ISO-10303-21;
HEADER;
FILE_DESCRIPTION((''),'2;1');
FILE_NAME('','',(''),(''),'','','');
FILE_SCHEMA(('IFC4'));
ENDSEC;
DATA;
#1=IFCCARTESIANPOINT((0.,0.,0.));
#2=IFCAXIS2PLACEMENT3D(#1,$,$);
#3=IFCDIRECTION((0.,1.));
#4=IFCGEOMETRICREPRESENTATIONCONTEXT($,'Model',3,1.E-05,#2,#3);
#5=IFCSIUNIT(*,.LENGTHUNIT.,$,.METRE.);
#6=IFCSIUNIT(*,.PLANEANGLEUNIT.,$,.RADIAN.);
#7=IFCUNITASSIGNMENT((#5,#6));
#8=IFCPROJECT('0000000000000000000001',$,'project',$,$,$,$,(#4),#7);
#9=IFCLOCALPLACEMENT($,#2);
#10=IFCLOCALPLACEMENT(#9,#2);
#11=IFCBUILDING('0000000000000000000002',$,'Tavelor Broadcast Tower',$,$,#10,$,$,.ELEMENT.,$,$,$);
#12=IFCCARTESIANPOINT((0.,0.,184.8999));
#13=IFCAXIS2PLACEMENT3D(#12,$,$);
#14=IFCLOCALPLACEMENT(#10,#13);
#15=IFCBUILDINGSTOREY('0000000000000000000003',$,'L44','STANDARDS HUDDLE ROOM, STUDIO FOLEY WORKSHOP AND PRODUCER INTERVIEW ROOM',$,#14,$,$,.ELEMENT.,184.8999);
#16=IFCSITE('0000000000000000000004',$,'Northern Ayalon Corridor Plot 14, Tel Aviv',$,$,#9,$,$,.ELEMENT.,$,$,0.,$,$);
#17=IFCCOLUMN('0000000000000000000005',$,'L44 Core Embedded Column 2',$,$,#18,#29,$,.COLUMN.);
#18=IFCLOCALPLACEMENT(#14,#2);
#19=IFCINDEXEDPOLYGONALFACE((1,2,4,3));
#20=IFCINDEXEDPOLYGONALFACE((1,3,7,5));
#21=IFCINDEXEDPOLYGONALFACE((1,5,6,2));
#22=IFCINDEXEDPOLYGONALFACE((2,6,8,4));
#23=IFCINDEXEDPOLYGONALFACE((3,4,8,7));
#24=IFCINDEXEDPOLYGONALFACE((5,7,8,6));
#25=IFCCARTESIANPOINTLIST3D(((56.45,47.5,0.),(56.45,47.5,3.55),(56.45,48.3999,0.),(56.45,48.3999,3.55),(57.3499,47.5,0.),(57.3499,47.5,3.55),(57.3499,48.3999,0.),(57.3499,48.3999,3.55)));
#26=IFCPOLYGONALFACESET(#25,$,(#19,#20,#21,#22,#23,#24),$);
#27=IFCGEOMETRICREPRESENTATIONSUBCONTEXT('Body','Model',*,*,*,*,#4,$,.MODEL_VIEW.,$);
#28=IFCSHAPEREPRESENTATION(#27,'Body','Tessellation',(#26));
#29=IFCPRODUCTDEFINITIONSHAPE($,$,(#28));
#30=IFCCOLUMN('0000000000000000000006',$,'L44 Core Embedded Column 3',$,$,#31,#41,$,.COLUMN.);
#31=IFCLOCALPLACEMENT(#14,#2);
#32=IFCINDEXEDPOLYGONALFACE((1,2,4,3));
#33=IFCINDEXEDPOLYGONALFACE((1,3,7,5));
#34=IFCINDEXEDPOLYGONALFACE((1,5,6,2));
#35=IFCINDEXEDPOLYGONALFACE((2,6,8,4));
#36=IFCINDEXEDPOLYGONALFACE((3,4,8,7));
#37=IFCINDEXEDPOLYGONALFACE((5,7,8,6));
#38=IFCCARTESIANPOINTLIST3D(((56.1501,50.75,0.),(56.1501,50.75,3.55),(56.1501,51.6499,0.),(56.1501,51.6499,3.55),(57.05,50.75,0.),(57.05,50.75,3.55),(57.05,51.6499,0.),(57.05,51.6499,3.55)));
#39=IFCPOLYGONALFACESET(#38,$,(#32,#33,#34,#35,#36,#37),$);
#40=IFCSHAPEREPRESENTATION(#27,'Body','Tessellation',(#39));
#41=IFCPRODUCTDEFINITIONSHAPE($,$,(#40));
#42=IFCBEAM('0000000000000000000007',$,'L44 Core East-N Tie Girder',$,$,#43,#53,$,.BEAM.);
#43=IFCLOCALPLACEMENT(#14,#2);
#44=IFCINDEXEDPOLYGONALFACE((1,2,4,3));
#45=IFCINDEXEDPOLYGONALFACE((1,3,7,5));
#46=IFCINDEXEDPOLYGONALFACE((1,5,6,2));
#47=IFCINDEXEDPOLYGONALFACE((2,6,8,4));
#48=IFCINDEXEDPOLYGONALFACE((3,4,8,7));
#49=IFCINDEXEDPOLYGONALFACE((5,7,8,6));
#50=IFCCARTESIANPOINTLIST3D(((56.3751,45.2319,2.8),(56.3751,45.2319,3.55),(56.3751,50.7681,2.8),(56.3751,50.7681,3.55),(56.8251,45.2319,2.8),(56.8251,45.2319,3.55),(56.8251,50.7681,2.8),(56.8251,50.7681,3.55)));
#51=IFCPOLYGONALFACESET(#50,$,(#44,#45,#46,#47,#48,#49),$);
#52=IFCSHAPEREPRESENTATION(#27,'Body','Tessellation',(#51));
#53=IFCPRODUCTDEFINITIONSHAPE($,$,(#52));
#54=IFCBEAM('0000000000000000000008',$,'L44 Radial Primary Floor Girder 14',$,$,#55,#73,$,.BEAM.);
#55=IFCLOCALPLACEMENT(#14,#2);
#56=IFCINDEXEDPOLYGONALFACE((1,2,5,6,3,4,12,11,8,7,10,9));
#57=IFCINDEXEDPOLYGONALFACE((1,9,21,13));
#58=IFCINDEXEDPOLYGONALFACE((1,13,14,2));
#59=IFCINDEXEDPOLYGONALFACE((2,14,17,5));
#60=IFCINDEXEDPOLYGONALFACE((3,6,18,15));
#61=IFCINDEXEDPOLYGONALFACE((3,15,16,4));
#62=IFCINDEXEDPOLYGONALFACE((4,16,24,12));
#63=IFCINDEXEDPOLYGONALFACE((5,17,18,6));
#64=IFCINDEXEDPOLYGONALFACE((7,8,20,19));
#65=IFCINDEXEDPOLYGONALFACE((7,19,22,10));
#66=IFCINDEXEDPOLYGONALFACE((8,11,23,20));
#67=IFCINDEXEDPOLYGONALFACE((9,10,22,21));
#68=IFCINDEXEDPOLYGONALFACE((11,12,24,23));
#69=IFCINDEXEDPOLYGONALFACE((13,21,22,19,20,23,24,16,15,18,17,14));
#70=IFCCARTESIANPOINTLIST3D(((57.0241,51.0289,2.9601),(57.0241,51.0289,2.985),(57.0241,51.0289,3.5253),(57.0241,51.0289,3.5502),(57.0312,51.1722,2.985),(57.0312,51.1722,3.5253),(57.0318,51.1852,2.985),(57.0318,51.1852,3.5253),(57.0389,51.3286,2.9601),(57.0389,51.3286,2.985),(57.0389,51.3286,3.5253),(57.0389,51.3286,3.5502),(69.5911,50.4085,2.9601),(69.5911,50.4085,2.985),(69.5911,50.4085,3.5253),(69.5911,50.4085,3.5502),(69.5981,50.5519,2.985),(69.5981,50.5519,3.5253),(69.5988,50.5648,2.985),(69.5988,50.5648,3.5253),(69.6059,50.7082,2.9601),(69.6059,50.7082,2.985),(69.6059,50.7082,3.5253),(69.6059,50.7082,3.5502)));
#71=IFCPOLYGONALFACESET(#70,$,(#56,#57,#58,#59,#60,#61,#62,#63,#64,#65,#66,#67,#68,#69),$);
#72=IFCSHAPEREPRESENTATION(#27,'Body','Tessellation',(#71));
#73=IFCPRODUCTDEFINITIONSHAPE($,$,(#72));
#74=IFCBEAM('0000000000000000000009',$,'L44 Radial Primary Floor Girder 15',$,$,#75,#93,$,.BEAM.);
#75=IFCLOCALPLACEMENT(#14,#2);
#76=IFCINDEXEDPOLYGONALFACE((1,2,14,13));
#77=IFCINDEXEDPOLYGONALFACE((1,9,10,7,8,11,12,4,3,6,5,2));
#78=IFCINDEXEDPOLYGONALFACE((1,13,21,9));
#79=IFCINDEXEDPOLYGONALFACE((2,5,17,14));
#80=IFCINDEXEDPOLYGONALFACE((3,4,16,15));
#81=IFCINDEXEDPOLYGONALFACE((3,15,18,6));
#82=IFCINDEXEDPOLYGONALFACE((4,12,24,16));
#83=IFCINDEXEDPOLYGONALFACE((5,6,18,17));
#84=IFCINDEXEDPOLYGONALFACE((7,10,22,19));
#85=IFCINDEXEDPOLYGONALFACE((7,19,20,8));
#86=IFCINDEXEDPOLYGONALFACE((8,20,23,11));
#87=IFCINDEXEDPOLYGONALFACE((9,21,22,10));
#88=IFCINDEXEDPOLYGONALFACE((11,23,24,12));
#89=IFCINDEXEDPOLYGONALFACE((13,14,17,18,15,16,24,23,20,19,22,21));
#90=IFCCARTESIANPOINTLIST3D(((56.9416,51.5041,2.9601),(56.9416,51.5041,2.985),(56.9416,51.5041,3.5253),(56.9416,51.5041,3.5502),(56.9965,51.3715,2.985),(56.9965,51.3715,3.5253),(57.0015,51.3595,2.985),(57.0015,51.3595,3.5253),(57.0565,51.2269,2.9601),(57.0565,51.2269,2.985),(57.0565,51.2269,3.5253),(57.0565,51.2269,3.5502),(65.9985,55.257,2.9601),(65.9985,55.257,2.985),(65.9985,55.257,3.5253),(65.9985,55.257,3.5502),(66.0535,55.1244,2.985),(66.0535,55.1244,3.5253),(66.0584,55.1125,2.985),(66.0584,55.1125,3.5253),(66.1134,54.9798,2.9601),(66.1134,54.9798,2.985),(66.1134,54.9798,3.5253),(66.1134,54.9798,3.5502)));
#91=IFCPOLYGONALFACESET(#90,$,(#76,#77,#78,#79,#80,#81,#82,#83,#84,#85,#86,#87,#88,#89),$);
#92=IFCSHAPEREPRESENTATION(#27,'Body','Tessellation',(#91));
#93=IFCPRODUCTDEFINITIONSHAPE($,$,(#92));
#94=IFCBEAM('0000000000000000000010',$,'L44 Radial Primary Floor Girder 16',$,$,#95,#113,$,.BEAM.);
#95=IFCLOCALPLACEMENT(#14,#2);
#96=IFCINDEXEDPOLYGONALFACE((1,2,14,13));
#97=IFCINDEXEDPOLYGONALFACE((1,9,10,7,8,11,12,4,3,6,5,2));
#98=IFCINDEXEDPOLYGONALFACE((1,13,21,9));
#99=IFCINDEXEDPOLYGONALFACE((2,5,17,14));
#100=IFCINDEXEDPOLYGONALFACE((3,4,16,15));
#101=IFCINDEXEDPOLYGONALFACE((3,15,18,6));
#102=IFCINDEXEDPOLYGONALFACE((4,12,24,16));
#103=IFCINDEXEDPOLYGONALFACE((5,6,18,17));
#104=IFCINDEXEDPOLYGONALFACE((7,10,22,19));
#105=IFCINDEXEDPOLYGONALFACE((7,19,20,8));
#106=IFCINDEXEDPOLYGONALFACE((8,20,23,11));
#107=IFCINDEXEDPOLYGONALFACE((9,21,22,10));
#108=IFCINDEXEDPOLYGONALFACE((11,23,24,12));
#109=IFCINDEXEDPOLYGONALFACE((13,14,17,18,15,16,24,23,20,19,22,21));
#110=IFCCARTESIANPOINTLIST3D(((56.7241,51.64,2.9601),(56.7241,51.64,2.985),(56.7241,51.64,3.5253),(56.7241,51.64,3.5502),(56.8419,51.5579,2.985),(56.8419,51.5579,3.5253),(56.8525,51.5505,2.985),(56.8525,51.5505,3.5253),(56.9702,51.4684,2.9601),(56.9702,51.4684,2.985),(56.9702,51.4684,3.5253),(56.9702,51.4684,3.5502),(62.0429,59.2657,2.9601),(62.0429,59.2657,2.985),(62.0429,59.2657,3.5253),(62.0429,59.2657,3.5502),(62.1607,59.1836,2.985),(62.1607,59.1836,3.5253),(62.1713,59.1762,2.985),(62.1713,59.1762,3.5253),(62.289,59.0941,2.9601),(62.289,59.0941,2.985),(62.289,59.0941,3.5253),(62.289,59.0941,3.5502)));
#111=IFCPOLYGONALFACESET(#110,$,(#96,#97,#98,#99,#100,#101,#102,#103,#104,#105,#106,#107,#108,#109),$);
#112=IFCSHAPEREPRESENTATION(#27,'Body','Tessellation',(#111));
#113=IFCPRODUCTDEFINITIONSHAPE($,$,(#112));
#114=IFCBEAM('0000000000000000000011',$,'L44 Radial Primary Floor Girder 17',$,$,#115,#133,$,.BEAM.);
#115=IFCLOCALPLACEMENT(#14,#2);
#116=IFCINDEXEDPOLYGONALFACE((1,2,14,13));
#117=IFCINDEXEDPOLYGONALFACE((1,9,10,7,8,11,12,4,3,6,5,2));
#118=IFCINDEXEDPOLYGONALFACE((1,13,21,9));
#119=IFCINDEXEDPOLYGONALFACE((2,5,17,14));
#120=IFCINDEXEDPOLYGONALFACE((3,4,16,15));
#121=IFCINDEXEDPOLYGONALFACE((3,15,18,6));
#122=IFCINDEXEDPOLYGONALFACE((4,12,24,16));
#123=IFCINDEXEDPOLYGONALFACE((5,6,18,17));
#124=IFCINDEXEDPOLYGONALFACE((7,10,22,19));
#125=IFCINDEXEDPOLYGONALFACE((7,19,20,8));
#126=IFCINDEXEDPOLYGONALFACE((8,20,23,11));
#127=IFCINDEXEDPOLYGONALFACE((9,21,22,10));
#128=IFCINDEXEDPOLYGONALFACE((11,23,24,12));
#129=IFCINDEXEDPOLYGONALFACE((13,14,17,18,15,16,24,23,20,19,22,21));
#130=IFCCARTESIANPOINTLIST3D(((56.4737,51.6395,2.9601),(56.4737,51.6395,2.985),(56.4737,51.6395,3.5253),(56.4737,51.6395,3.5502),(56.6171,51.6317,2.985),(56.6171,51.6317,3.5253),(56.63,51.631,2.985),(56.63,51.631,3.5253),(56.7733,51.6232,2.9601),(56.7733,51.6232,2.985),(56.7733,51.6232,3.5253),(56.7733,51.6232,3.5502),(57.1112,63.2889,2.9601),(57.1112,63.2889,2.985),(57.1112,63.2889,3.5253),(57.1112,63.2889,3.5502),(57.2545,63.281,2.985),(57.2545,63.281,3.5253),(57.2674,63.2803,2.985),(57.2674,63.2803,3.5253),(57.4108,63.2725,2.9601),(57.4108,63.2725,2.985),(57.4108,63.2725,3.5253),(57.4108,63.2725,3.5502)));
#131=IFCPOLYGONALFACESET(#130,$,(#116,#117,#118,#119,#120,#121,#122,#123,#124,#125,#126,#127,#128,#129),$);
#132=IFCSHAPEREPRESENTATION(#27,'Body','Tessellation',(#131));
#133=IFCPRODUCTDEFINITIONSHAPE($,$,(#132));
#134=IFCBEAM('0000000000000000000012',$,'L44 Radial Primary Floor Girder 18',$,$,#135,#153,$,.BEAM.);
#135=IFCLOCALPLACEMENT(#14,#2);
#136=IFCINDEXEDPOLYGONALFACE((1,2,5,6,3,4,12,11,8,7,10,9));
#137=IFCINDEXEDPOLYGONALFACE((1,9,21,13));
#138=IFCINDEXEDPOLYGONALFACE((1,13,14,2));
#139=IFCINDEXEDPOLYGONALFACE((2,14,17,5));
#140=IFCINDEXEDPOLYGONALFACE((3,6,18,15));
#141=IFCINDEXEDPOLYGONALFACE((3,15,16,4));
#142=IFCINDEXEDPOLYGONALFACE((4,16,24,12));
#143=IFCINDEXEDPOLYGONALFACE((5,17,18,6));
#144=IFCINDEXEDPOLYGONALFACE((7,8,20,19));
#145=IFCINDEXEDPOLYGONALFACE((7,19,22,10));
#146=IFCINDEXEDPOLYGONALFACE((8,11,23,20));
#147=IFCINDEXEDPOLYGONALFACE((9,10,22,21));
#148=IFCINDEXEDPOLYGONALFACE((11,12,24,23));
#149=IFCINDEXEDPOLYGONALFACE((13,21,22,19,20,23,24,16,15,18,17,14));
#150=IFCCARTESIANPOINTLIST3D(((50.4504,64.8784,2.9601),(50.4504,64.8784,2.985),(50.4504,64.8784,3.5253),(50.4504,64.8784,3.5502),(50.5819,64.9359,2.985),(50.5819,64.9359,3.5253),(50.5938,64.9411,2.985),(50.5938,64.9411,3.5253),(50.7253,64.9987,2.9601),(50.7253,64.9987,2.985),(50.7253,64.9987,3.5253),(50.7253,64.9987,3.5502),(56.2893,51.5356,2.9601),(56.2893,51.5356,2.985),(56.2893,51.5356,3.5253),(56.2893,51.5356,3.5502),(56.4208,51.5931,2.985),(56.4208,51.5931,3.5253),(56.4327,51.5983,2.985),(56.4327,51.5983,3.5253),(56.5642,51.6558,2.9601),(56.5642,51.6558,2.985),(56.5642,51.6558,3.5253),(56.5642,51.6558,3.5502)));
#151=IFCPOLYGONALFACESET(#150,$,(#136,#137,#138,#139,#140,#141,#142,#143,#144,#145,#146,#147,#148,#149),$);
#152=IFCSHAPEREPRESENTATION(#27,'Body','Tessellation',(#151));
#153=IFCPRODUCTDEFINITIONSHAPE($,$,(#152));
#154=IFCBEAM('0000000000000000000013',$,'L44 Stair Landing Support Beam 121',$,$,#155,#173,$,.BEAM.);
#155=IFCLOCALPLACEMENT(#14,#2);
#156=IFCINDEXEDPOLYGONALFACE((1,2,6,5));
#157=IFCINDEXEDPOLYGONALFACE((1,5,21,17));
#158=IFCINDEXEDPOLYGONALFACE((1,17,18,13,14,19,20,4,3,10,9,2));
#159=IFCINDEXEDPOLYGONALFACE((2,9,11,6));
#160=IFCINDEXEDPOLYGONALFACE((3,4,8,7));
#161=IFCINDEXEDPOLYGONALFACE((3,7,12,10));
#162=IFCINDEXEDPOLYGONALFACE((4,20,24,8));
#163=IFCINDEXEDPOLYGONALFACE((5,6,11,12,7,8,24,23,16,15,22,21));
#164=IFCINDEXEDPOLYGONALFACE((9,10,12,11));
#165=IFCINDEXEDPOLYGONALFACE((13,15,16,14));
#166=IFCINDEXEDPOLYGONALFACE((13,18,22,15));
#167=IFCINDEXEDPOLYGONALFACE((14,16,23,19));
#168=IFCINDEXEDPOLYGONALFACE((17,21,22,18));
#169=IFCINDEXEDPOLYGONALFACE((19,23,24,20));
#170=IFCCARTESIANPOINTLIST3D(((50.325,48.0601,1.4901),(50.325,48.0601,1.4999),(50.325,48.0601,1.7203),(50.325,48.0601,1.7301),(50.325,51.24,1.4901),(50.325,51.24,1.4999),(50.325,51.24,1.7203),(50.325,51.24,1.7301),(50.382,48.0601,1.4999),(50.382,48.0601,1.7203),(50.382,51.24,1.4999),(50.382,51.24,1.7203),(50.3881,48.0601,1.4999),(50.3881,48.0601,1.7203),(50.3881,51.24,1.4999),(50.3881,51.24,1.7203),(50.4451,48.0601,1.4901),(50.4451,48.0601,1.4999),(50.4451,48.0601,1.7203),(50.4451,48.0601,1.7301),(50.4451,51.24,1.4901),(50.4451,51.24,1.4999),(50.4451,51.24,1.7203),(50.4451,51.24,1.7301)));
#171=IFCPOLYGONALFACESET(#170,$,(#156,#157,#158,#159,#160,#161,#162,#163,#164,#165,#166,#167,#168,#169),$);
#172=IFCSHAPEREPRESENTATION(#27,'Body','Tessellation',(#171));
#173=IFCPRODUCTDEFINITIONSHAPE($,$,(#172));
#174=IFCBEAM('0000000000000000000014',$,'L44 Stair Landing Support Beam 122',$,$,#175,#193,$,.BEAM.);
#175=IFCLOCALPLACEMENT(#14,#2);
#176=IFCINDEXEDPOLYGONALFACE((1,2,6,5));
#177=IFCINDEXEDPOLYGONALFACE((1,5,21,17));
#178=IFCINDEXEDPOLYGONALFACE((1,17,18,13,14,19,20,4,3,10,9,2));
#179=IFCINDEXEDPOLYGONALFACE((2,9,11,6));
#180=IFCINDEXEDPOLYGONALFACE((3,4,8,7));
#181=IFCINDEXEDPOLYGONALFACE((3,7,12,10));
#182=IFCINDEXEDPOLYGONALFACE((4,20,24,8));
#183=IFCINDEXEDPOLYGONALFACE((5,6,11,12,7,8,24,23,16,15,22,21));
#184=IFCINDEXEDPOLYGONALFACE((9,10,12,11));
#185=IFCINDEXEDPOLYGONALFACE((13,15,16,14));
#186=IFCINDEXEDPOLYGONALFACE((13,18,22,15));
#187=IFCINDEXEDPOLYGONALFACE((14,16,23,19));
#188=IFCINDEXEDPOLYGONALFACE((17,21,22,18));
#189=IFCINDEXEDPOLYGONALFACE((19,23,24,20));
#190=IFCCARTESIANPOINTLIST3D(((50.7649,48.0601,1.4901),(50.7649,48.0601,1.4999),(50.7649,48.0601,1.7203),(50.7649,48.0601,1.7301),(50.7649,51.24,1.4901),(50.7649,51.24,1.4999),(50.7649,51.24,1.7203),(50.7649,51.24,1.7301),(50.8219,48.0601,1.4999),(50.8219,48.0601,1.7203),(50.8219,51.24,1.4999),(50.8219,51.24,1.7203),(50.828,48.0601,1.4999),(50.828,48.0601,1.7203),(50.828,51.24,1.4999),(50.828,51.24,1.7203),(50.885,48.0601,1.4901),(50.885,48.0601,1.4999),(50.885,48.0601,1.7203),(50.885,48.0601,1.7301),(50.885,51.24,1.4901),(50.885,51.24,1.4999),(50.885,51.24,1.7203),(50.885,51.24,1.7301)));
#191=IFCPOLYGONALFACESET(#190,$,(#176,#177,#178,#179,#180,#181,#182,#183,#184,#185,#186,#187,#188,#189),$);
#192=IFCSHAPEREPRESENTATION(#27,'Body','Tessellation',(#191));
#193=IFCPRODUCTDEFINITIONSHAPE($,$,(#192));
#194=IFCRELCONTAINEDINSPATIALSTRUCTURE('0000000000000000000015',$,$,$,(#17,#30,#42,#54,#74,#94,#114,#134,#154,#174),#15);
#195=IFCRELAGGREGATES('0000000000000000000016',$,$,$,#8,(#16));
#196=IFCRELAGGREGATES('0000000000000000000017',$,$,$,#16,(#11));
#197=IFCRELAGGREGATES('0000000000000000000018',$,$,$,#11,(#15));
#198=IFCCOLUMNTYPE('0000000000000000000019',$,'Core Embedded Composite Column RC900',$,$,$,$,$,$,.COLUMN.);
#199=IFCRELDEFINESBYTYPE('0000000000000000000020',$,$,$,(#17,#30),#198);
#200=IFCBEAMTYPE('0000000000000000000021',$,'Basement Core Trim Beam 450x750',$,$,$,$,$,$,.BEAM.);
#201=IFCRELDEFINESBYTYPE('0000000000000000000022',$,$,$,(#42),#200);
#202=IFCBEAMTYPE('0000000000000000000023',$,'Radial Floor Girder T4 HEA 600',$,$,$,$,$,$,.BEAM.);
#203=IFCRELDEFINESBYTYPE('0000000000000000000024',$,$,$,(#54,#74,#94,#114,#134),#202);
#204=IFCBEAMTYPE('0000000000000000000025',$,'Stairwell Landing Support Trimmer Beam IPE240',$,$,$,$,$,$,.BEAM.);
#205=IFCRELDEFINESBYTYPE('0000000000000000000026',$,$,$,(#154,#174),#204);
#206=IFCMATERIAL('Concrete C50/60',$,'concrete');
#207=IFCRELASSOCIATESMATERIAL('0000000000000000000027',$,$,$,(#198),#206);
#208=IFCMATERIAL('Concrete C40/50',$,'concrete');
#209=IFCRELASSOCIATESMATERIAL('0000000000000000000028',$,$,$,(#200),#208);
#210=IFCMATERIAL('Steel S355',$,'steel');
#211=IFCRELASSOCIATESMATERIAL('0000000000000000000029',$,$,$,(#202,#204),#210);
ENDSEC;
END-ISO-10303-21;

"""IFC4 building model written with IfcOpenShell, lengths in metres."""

from ifc_helpers import new_model, si_unit, direction, frame, origin, origin_2d, place, context, subcontext, project, spatial, rectangle, i_section, extrude, material, material_profile, profile_set, type_object, element, save


model = new_model("IFC4")

# Units and contexts
model_context = context("Model", 3, precision=1e-05, world=origin(), true_north=direction((0.0, 1.0)))
body_context = subcontext(model_context, "Body", "Model", "MODEL_VIEW")
ifc_project = project(units=[si_unit("LENGTHUNIT", "METRE"), si_unit("PLANEANGLEUNIT", "RADIAN")], contexts=[model_context])

# Site, building, storey
site_placement = place(None, origin())
site = spatial("IfcSite", under=ifc_project, at=site_placement, Name="Northern Ayalon Corridor Plot 14, Tel Aviv", CompositionType="ELEMENT", RefElevation=0.0)
building_placement = place(site_placement, origin())
building = spatial("IfcBuilding", under=site, at=building_placement, Name="Tavelor Broadcast Tower", CompositionType="ELEMENT")
storey_placement = place(building_placement, frame((0.0, 0.0, 184.8999)))
storey = spatial("IfcBuildingStorey", under=building, at=storey_placement, Name="L44", Description="STANDARDS HUDDLE ROOM, STUDIO FOLEY WORKSHOP AND PRODUCER INTERVIEW ROOM", CompositionType="ELEMENT", Elevation=184.8999)

# Columns
ifc_material_1 = material(Name="Concrete C50/60", Category="concrete")
ifc_material_profile_1 = material_profile(ifc_material_1, rectangle(XDim=0.8999, YDim=0.8999, at=origin_2d()), Name="RC 900x900")
ifc_profile_set_1 = profile_set([ifc_material_profile_1], Name="Concrete C50/60")
column_type = type_object("IfcColumnType", Name="Core Embedded Composite Column RC900", PredefinedType="COLUMN", material=ifc_profile_set_1)
for number, where, z_axis, x_axis, name in (
    (1, (56.8999, 47.95, 0.0), (0.0, 0.0, 1.0), (1.0, 0.0, 0.0), "L44 Core Embedded Column 2"),
    (2, (56.6001, 51.2, 0.0), (0.0, 0.0, 1.0), (1.0, 0.0, 0.0), "L44 Core Embedded Column 3"),
):
    element("IfcColumn", number, at=place(storey_placement, frame(where, z_axis=z_axis, x_axis=x_axis)), inside=storey, type_object=column_type, Name=name, PredefinedType="COLUMN", context=body_context, shape_type="SweptSolid", body=[
        extrude(rectangle(XDim=0.8999, YDim=0.8999, at=origin_2d()), origin(), (0.0, 0.0, 1.0), 3.55),
    ])

# Beams
ifc_material_2 = material(Name="Concrete C40/50", Category="concrete")
ifc_material_profile_2 = material_profile(ifc_material_2, rectangle(XDim=0.45, YDim=0.75, at=origin_2d()), Name="RC 450x750")
ifc_profile_set_2 = profile_set([ifc_material_profile_2], Name="Concrete C40/50")
beam_type_1 = type_object("IfcBeamType", Name="Basement Core Trim Beam 450x750", PredefinedType="BEAM", material=ifc_profile_set_2)
beam_1_placement = place(storey_placement, frame((56.6001, 45.2319, 3.175), z_axis=(0.0, 1.0, 0.0), x_axis=(-1.0, 0.0, 0.0)))
element("IfcBeam", 3, at=beam_1_placement, inside=storey, type_object=beam_type_1, Name="L44 Core East-N Tie Girder", PredefinedType="BEAM", context=body_context, shape_type="SweptSolid", body=[
    extrude(rectangle(XDim=0.45, YDim=0.75, at=origin_2d()), origin(), (0.0, 0.0, 1.0), 5.5361),
])
ifc_material_3 = material(Name="Steel S355", Category="steel")
ifc_material_profile_3 = material_profile(ifc_material_3, i_section(OverallWidth=0.3, OverallDepth=0.5901, WebThickness=0.0129, FlangeThickness=0.0249, at=origin_2d()), Name="HEA 600")
ifc_profile_set_3 = profile_set([ifc_material_profile_3], Name="Steel S355")
beam_type_2 = type_object("IfcBeamType", Name="Radial Floor Girder T4 HEA 600", PredefinedType="BEAM", material=ifc_profile_set_3)
beam_2_placement = place(storey_placement, frame((57.0315, 51.1787, 3.2551), z_axis=(0.998784, -0.049305, 0.0), x_axis=(0.049305, 0.998784, 0.0)))
element("IfcBeam", 4, at=beam_2_placement, inside=storey, type_object=beam_type_2, Name="L44 Radial Primary Floor Girder 14", PredefinedType="BEAM", context=body_context, shape_type="SweptSolid", body=[
    extrude(i_section(OverallWidth=0.3, OverallDepth=0.5901, WebThickness=0.0129, FlangeThickness=0.0249, at=origin_2d()), origin(), (0.0, 0.0, 1.0), 12.5823),
])
beam_3_placement = place(storey_placement, frame((56.999, 51.3655, 3.2551), z_axis=(0.923827, 0.382809, 0.0), x_axis=(-0.382809, 0.923827, 0.0)))
element("IfcBeam", 5, at=beam_3_placement, inside=storey, type_object=beam_type_2, Name="L44 Radial Primary Floor Girder 15", PredefinedType="BEAM", context=body_context, shape_type="SweptSolid", body=[
    extrude(i_section(OverallWidth=0.3, OverallDepth=0.5901, WebThickness=0.0129, FlangeThickness=0.0249, at=origin_2d()), origin(), (0.0, 0.0, 1.0), 9.8037),
])
beam_4_placement = place(storey_placement, frame((56.8472, 51.5542, 3.2551), z_axis=(0.572078, 0.820199, 0.0), x_axis=(-0.820199, 0.572078, 0.0)))
element("IfcBeam", 6, at=beam_4_placement, inside=storey, type_object=beam_type_2, Name="L44 Radial Primary Floor Girder 16", PredefinedType="BEAM", context=body_context, shape_type="SweptSolid", body=[
    extrude(i_section(OverallWidth=0.3, OverallDepth=0.5901, WebThickness=0.0129, FlangeThickness=0.0249, at=origin_2d()), origin(), (0.0, 0.0, 1.0), 9.2974),
])
beam_5_placement = place(storey_placement, frame((56.6235, 51.6313, 3.2551), z_axis=(0.054638, 0.998506, 0.0), x_axis=(-0.998506, 0.054638, 0.0)))
element("IfcBeam", 7, at=beam_5_placement, inside=storey, type_object=beam_type_2, Name="L44 Radial Primary Floor Girder 17", PredefinedType="BEAM", context=body_context, shape_type="SweptSolid", body=[
    extrude(i_section(OverallWidth=0.3, OverallDepth=0.5901, WebThickness=0.0129, FlangeThickness=0.0249, at=origin_2d()), origin(), (0.0, 0.0, 1.0), 11.6667),
])
beam_6_placement = place(storey_placement, frame((56.4268, 51.5957, 3.2551), z_axis=(-0.4009, 0.916122, 0.0), x_axis=(-0.916122, -0.4009, 0.0)))
element("IfcBeam", 8, at=beam_6_placement, inside=storey, type_object=beam_type_2, Name="L44 Radial Primary Floor Girder 18", PredefinedType="BEAM", context=body_context, shape_type="SweptSolid", body=[
    extrude(i_section(OverallWidth=0.3, OverallDepth=0.5901, WebThickness=0.0129, FlangeThickness=0.0249, at=origin_2d()), origin(), (0.0, 0.0, 1.0), 14.5645),
])
ifc_material_profile_4 = material_profile(ifc_material_3, i_section(OverallWidth=0.1201, OverallDepth=0.24, WebThickness=0.0061, FlangeThickness=0.0098, at=origin_2d()), Name="IPE 240")
ifc_profile_set_4 = profile_set([ifc_material_profile_4], Name="Steel S355")
beam_type_3 = type_object("IfcBeamType", Name="Stairwell Landing Support Trimmer Beam IPE240", PredefinedType="BEAM", material=ifc_profile_set_4)
for number, where, z_axis, x_axis, name in (
    (9, (50.385, 48.0601, 1.6101), (0.0, 1.0, 0.0), (-1.0, 0.0, 0.0), "L44 Stair Landing Support Beam 121"),
    (10, (50.825, 48.0601, 1.6101), (0.0, 1.0, 0.0), (-1.0, 0.0, 0.0), "L44 Stair Landing Support Beam 122"),
):
    element("IfcBeam", number, at=place(storey_placement, frame(where, z_axis=z_axis, x_axis=x_axis)), inside=storey, type_object=beam_type_3, Name=name, PredefinedType="BEAM", context=body_context, shape_type="SweptSolid", body=[
        extrude(i_section(OverallWidth=0.1201, OverallDepth=0.24, WebThickness=0.0061, FlangeThickness=0.0098, at=origin_2d()), origin(), (0.0, 0.0, 1.0), 3.1799),
    ])

save(model, "model.ifc")
